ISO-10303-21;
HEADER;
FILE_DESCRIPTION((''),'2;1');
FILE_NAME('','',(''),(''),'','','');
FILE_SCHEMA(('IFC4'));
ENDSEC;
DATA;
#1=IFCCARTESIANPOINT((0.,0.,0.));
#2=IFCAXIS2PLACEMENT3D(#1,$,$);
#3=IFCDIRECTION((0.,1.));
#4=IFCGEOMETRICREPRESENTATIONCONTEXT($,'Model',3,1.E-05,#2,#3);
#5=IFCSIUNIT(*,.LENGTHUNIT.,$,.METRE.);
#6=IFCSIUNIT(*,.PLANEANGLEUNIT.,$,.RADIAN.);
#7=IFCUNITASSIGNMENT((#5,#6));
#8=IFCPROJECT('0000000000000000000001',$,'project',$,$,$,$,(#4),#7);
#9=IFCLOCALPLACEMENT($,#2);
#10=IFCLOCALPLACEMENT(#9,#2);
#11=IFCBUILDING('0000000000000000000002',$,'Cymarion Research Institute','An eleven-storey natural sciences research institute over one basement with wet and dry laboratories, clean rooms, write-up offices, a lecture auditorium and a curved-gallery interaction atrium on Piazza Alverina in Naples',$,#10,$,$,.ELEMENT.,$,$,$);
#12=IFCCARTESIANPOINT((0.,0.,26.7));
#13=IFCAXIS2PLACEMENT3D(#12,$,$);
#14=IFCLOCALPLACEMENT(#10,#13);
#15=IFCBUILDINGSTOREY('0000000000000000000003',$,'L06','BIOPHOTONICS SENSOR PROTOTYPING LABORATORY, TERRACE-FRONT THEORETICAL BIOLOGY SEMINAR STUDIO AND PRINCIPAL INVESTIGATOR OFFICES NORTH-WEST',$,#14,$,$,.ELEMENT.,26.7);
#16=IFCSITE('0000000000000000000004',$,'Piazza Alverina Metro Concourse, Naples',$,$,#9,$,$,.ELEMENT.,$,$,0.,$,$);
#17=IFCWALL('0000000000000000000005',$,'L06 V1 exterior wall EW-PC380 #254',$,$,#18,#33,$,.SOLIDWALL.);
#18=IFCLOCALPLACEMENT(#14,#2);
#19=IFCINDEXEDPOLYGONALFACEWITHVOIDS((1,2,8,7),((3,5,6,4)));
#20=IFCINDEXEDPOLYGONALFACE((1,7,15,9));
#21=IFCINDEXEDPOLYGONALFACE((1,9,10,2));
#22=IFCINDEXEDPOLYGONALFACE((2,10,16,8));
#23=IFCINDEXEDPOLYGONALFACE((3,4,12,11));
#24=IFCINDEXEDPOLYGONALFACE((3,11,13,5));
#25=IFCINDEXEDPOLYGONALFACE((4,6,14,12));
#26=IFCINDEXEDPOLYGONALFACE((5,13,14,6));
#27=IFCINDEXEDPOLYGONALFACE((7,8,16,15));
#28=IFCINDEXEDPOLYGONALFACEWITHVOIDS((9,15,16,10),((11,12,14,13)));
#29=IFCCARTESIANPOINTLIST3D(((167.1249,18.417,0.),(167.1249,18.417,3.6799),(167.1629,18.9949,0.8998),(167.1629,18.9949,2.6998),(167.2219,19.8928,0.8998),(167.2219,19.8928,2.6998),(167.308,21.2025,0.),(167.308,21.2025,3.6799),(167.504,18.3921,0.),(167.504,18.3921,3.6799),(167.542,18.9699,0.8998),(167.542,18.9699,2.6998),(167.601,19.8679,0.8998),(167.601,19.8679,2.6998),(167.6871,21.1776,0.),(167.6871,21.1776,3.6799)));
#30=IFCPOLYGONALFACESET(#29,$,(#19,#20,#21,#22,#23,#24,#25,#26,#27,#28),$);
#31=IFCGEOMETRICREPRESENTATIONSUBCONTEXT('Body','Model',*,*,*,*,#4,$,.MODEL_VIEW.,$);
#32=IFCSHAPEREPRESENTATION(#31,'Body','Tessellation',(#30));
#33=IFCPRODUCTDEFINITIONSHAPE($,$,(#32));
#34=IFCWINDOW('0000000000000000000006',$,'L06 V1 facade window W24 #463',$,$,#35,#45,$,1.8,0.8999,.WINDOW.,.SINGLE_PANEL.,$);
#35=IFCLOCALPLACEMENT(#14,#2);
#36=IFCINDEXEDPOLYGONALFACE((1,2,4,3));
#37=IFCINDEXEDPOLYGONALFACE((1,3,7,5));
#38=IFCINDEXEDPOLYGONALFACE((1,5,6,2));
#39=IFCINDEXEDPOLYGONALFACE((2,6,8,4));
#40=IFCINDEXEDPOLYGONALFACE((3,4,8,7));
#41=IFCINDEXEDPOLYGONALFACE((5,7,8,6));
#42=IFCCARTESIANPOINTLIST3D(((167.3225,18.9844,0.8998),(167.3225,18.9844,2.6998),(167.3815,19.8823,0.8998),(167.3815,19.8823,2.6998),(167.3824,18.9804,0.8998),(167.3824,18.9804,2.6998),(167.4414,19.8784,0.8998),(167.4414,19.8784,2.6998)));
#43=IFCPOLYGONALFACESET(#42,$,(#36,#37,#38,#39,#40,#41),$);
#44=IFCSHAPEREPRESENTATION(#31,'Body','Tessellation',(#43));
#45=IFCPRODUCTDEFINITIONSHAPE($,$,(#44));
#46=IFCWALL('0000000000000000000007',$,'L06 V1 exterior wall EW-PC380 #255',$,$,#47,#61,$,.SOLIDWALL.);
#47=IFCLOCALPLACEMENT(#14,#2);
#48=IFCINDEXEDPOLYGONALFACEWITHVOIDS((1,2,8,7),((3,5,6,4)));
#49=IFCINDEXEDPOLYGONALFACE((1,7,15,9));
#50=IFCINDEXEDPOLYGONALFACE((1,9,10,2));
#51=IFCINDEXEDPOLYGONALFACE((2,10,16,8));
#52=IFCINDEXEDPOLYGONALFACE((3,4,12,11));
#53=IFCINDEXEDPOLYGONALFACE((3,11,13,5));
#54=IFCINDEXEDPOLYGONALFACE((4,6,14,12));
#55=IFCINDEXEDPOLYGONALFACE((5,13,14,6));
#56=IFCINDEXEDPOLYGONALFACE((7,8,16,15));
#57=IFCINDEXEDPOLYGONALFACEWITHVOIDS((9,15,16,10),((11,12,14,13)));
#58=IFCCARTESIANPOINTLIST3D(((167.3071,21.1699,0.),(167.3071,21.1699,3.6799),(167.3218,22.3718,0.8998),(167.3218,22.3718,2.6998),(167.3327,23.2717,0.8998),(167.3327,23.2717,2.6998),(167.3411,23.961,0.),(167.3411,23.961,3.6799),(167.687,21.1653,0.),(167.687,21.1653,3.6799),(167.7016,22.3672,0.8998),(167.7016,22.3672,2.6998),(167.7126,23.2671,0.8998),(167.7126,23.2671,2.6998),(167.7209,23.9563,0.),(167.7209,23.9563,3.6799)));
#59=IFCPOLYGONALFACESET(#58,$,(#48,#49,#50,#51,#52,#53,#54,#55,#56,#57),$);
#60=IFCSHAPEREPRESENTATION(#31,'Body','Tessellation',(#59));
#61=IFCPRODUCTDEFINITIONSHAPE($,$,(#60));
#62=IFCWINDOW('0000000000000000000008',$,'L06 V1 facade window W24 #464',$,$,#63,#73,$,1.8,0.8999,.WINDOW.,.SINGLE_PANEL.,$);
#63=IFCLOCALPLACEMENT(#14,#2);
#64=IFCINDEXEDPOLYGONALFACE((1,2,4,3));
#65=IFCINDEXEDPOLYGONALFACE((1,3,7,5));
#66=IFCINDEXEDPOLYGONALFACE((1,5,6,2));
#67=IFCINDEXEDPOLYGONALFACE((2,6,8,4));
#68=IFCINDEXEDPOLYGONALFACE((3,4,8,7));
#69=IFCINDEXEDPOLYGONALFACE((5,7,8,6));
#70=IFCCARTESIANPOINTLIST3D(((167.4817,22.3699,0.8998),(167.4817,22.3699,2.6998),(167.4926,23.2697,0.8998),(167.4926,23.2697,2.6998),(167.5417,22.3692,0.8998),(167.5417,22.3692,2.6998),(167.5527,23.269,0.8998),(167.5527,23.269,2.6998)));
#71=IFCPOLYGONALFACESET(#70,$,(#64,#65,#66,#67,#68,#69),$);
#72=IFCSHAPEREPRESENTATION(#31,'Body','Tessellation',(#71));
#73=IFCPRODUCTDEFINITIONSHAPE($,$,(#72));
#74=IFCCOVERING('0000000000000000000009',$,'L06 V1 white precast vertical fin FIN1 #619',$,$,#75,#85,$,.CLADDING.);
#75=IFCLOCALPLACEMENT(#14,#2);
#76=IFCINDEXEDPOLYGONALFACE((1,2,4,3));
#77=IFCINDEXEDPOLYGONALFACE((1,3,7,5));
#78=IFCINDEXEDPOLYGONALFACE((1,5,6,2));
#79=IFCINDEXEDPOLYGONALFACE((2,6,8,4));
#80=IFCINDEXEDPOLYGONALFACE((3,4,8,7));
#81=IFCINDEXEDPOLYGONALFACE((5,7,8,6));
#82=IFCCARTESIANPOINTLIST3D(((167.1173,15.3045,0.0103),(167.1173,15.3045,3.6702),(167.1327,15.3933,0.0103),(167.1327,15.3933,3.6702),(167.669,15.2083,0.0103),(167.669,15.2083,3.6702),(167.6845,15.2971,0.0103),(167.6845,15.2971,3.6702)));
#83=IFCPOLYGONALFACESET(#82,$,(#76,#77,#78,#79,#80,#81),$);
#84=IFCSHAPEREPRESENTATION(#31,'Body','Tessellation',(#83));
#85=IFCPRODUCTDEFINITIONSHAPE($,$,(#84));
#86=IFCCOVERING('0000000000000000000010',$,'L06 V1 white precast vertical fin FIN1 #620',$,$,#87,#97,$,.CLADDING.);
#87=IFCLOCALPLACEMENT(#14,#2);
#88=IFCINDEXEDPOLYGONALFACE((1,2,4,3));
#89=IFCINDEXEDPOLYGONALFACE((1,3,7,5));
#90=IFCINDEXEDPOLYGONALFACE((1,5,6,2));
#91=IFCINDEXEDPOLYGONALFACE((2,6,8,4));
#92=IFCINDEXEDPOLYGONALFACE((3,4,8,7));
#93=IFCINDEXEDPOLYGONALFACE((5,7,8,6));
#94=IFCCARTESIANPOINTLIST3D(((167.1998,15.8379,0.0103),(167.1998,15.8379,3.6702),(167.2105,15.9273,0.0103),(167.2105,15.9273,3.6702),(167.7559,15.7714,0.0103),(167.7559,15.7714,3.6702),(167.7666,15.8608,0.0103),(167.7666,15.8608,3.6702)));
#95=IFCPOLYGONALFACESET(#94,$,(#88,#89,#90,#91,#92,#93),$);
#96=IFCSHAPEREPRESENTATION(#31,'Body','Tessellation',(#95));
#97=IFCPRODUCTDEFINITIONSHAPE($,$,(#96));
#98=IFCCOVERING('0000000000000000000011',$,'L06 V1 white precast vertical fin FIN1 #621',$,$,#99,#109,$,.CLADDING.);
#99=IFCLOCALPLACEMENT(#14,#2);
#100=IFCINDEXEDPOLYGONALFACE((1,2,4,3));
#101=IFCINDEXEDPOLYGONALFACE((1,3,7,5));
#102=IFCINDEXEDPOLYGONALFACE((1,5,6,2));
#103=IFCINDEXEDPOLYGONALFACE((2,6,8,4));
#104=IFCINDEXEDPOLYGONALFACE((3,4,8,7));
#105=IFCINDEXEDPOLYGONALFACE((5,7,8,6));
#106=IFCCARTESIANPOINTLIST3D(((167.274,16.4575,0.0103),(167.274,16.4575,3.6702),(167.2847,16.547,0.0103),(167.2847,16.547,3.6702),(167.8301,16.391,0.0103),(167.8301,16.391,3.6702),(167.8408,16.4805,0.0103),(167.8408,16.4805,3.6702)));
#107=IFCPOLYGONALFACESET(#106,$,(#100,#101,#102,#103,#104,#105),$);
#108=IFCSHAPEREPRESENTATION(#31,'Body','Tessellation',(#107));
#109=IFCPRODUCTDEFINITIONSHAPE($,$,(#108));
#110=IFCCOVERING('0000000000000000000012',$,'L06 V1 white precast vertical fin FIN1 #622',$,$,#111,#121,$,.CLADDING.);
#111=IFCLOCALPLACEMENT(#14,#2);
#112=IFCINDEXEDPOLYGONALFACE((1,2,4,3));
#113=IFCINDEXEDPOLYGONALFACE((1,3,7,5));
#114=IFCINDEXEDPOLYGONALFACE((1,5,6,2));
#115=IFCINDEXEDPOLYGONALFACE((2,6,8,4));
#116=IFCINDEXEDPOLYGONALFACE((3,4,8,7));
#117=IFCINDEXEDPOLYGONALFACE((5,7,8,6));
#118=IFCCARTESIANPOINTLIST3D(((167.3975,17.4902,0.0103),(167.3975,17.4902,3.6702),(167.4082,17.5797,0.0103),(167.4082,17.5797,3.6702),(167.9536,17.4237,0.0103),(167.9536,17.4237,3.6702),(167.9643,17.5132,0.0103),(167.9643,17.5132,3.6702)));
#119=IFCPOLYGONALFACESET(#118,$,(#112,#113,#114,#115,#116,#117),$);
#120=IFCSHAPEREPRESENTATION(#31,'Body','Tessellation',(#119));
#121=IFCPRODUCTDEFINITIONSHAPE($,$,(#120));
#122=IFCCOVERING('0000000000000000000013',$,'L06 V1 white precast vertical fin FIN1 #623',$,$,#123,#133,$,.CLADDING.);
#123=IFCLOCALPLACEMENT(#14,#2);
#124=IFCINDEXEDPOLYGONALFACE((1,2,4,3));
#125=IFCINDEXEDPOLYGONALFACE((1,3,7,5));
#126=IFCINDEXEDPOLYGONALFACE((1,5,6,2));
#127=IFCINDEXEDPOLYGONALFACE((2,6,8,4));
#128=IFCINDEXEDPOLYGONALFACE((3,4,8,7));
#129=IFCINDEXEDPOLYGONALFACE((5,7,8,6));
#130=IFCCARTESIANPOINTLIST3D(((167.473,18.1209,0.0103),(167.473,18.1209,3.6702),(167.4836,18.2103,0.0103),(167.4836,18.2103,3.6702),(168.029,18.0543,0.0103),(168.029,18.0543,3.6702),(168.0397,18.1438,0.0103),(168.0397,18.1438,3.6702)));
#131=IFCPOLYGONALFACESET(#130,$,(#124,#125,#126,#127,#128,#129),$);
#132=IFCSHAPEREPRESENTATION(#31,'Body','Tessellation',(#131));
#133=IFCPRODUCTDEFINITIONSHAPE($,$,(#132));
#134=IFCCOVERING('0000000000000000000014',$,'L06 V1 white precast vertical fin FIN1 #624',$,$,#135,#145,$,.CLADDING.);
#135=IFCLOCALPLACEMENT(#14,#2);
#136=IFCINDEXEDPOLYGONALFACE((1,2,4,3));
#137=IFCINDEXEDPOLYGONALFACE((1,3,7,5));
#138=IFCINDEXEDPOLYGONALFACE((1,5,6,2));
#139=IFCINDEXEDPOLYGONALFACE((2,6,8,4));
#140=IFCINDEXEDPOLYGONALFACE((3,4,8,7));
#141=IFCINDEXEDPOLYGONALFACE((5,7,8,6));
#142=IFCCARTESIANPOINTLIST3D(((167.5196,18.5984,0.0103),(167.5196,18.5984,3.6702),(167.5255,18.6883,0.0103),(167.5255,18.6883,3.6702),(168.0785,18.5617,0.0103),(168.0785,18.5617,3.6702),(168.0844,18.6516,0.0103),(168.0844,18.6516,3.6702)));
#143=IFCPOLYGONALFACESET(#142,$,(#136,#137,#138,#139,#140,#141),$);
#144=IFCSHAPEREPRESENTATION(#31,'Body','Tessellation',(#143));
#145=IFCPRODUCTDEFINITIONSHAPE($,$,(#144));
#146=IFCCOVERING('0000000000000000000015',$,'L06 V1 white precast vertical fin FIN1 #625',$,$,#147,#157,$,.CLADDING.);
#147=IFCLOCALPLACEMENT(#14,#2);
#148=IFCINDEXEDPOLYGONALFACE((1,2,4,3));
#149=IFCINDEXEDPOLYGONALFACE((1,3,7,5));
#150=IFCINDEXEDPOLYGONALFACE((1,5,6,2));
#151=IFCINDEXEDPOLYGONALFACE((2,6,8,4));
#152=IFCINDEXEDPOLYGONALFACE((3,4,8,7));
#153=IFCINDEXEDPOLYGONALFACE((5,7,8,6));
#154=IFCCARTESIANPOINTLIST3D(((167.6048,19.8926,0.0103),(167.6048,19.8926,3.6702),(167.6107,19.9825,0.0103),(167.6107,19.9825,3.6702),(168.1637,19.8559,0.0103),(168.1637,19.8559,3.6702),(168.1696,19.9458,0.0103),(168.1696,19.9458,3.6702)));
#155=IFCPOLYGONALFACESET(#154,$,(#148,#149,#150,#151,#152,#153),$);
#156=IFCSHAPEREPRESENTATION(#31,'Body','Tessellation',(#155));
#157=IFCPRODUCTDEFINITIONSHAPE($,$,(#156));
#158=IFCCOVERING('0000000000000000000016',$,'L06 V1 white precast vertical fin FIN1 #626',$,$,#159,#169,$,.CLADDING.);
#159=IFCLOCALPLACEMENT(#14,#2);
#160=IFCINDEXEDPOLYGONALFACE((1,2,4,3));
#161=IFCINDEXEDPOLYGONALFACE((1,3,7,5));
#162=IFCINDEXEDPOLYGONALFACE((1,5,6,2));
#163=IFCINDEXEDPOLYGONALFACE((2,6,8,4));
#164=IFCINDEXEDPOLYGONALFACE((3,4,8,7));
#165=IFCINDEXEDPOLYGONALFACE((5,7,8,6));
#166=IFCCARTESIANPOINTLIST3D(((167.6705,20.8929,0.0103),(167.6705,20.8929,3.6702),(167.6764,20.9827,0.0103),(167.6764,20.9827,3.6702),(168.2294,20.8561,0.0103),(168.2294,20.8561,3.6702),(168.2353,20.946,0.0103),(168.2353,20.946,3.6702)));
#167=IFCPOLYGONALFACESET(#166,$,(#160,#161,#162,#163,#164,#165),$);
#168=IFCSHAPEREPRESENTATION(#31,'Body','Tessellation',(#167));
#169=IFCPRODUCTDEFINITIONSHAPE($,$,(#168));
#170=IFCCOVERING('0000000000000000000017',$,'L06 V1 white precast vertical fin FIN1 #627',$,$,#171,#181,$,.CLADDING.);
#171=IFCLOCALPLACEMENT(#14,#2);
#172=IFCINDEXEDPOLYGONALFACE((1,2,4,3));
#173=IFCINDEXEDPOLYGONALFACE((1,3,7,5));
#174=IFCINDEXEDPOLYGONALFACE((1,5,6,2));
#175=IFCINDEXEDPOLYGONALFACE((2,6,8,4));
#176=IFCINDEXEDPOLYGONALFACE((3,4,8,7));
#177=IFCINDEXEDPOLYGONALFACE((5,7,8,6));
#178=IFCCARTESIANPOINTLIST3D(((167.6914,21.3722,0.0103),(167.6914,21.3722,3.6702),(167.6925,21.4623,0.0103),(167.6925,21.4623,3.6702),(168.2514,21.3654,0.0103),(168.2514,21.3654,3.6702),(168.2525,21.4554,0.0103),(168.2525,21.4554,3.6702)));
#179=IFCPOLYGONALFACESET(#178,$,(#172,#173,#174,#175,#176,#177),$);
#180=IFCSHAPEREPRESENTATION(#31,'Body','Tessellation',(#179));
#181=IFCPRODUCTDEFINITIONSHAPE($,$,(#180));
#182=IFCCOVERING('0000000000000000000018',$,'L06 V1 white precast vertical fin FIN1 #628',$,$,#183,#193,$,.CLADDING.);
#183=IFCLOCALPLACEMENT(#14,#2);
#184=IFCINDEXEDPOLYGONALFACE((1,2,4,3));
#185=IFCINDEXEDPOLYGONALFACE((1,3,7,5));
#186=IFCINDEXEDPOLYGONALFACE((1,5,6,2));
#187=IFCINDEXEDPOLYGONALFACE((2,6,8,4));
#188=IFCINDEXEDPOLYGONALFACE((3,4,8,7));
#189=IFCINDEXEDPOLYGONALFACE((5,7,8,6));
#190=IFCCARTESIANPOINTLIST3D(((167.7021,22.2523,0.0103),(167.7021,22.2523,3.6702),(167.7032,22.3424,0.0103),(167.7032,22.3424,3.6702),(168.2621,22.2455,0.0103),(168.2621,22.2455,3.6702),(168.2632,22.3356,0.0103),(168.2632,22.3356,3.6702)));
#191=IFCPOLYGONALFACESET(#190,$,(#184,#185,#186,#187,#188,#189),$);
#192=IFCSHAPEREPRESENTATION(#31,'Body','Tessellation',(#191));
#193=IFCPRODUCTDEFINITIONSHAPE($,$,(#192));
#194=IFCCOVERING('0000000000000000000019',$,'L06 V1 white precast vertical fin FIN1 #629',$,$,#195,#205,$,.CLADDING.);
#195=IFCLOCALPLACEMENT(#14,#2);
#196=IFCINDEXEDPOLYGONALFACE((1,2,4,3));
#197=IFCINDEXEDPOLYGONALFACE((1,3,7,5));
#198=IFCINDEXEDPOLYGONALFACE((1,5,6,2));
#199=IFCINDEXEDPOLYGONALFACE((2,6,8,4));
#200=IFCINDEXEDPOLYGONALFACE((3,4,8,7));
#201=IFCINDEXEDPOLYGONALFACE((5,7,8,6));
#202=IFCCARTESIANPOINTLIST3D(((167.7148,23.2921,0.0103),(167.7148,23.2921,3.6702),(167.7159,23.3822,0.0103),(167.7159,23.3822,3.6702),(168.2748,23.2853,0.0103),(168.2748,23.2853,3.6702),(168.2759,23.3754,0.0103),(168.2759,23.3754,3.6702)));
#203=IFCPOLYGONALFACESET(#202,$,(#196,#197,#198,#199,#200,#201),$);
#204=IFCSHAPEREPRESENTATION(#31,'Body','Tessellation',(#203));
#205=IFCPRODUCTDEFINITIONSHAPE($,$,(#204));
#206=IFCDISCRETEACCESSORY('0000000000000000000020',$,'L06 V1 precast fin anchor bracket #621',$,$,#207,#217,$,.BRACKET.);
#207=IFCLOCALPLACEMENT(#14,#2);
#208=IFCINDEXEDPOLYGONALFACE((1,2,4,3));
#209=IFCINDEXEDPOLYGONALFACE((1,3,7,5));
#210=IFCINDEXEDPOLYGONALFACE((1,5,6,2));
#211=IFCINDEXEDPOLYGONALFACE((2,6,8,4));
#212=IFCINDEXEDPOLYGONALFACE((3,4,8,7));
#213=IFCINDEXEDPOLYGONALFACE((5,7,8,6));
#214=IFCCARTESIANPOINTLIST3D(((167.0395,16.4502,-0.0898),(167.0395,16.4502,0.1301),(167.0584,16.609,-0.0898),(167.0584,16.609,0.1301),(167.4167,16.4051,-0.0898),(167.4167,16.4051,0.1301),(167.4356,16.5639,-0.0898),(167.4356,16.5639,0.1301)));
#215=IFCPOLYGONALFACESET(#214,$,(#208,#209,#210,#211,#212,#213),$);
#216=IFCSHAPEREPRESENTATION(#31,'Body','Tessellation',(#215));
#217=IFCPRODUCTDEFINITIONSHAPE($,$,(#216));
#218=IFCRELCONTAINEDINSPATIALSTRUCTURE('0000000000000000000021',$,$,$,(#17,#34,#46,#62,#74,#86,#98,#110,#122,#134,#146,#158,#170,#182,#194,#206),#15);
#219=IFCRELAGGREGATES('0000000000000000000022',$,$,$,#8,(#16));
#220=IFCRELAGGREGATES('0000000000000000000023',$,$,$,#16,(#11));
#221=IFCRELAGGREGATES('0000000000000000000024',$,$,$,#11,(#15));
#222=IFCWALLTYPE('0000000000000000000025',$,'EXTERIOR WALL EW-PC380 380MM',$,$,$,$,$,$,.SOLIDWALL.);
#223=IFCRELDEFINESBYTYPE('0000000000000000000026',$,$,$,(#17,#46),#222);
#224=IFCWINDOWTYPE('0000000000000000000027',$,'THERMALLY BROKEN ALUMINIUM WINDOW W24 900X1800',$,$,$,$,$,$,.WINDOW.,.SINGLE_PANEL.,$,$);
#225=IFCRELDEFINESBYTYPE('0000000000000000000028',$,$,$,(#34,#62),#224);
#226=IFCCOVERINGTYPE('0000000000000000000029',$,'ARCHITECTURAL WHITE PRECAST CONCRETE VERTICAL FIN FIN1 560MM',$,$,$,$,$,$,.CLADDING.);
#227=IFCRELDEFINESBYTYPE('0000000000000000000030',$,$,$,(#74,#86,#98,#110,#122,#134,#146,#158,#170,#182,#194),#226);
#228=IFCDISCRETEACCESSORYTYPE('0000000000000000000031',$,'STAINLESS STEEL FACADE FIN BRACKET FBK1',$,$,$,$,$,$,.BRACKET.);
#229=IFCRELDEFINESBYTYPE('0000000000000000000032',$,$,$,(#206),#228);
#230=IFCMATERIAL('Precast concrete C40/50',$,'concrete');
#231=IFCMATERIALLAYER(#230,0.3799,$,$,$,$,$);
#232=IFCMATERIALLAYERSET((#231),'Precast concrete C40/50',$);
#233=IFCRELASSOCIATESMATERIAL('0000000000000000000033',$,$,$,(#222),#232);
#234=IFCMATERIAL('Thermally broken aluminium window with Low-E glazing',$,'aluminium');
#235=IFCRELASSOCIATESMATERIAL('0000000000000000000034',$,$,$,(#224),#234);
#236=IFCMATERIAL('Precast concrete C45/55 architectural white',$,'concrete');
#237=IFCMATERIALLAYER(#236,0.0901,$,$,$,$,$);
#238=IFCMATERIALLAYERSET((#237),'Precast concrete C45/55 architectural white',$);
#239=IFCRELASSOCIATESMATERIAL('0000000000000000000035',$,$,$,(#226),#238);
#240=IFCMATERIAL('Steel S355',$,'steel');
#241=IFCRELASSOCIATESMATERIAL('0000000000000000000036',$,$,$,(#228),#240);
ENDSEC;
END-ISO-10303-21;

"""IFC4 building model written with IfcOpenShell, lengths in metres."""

from ifc_helpers import new_model, si_unit, direction, frame, frame_2d, origin, origin_2d, place, context, subcontext, project, spatial, rectangle, extrude, material, layer, layer_set, type_object, element, fill, save


model = new_model("IFC4")

# Units and contexts
model_context = context("Model", 3, precision=1e-05, world=origin(), true_north=direction((0.0, 1.0)))
body_context = subcontext(model_context, "Body", "Model", "MODEL_VIEW")
ifc_project = project(units=[si_unit("LENGTHUNIT", "METRE"), si_unit("PLANEANGLEUNIT", "RADIAN")], contexts=[model_context])

# Site, building, storey
site_placement = place(None, origin())
site = spatial("IfcSite", under=ifc_project, at=site_placement, Name="Piazza Alverina Metro Concourse, Naples", CompositionType="ELEMENT", RefElevation=0.0)
building_placement = place(site_placement, origin())
building = spatial("IfcBuilding", under=site, at=building_placement, Name="Cymarion Research Institute", Description="An eleven-storey natural sciences research institute over one basement with wet and dry laboratories, clean rooms, write-up offices, a lecture auditorium and a curved-gallery interaction atrium on Piazza Alverina in Naples", CompositionType="ELEMENT")
storey_placement = place(building_placement, frame((0.0, 0.0, 26.7)))
storey = spatial("IfcBuildingStorey", under=building, at=storey_placement, Name="L06", Description="BIOPHOTONICS SENSOR PROTOTYPING LABORATORY, TERRACE-FRONT THEORETICAL BIOLOGY SEMINAR STUDIO AND PRINCIPAL INVESTIGATOR OFFICES NORTH-WEST", CompositionType="ELEMENT", Elevation=26.7)

# Walls, openings, windows
ifc_material_1 = material(Name="Precast concrete C40/50", Category="concrete")
ifc_layer_1 = layer(ifc_material_1, 0.3799)
ifc_layer_set_1 = layer_set([ifc_layer_1], Name="Precast concrete C40/50")
wall_type = type_object("IfcWallType", Name="EXTERIOR WALL EW-PC380 380MM", PredefinedType="SOLIDWALL", material=ifc_layer_set_1)
wall_1_placement = place(storey_placement, frame((167.3145, 18.4045, 0.0), z_axis=(0.0, 0.0, 1.0), x_axis=(0.065596, 0.997846, 0.0)))
wall_1 = element("IfcWall", 1, at=wall_1_placement, inside=storey, type_object=wall_type, Name="L06 V1 exterior wall EW-PC380 #254", PredefinedType="SOLIDWALL", context=body_context, shape_type="SweptSolid", body=[
    extrude(rectangle(XDim=2.7915, YDim=0.3799, at=frame_2d((1.3958, 0.0))), origin(), (0.0, 0.0, 1.0), 3.6799),
])
opening_1_placement = place(wall_1_placement, frame((0.5791, 0.0, 0.8999)))
opening_1 = element("IfcOpeningElement", 2, at=opening_1_placement, cuts=wall_1, PredefinedType="OPENING", context=body_context, shape_type="SweptSolid", body=[
    extrude(rectangle(XDim=0.8999, YDim=1.8, at=frame_2d((0.45, 0.8999))), frame((0.0, 0.2, 0.0), z_axis=(0.0, -1.0, 0.0), x_axis=(1.0, 0.0, 0.0)), (0.0, 0.0, 1.0), 0.3999),
])
ifc_material_2 = material(Name="Thermally broken aluminium window with Low-E glazing", Category="aluminium")
window_type = type_object("IfcWindowType", Name="THERMALLY BROKEN ALUMINIUM WINDOW W24 900X1800", PartitioningType="SINGLE_PANEL", PredefinedType="WINDOW", material=ifc_material_2)
window_1_placement = place(opening_1_placement, origin())
window_1 = element("IfcWindow", 3, at=window_1_placement, inside=storey, type_object=window_type, Name="L06 V1 facade window W24 #463", OverallHeight=1.8, OverallWidth=0.8999, PartitioningType="SINGLE_PANEL", PredefinedType="WINDOW", context=body_context, shape_type="SweptSolid", body=[
    extrude(rectangle(XDim=0.8999, YDim=1.8, at=frame_2d((0.45, 0.8999))), frame((0.0, 0.03, 0.0), z_axis=(0.0, -1.0, 0.0), x_axis=(1.0, 0.0, 0.0)), (0.0, 0.0, 1.0), 0.0601),
])
fill(opening_1, window_1)
wall_2_placement = place(storey_placement, frame((167.4971, 21.1677, 0.0), z_axis=(0.0, 0.0, 1.0), x_axis=(0.012158, 0.999926, 0.0)))
wall_2 = element("IfcWall", 4, at=wall_2_placement, inside=storey, type_object=wall_type, Name="L06 V1 exterior wall EW-PC380 #255", PredefinedType="SOLIDWALL", context=body_context, shape_type="SweptSolid", body=[
    extrude(rectangle(XDim=2.7913, YDim=0.3799, at=frame_2d((1.3955, 0.0))), origin(), (0.0, 0.0, 1.0), 3.6799),
])
opening_2_placement = place(wall_2_placement, frame((1.2019, 0.0, 0.8999)))
opening_2 = element("IfcOpeningElement", 5, at=opening_2_placement, cuts=wall_2, PredefinedType="OPENING", context=body_context, shape_type="SweptSolid", body=[
    extrude(rectangle(XDim=0.8999, YDim=1.8, at=frame_2d((0.45, 0.8999))), frame((0.0, 0.2, 0.0), z_axis=(0.0, -1.0, 0.0), x_axis=(1.0, 0.0, 0.0)), (0.0, 0.0, 1.0), 0.3999),
])
window_2_placement = place(opening_2_placement, origin())
window_2 = element("IfcWindow", 6, at=window_2_placement, inside=storey, type_object=window_type, Name="L06 V1 facade window W24 #464", OverallHeight=1.8, OverallWidth=0.8999, PartitioningType="SINGLE_PANEL", PredefinedType="WINDOW", context=body_context, shape_type="SweptSolid", body=[
    extrude(rectangle(XDim=0.8999, YDim=1.8, at=frame_2d((0.45, 0.8999))), frame((0.0, 0.03, 0.0), z_axis=(0.0, -1.0, 0.0), x_axis=(1.0, 0.0, 0.0)), (0.0, 0.0, 1.0), 0.0601),
])
fill(opening_2, window_2)

# Coverings
ifc_material_3 = material(Name="Precast concrete C45/55 architectural white", Category="concrete")
ifc_layer_2 = layer(ifc_material_3, 0.0901)
ifc_layer_set_2 = layer_set([ifc_layer_2], Name="Precast concrete C45/55 architectural white")
covering_type = type_object("IfcCoveringType", Name="ARCHITECTURAL WHITE PRECAST CONCRETE VERTICAL FIN FIN1 560MM", PredefinedType="CLADDING", material=ifc_layer_set_2)
for number, where, z_axis, x_axis, name in (
    (7, (167.4009, 15.3008, 0.0103), (0.0, 0.0, 1.0), (0.985139, -0.171757, 0.0), "L06 V1 white precast vertical fin FIN1 #619"),
    (8, (167.4832, 15.8494, 0.0103), (0.0, 0.0, 1.0), (0.992924, -0.118751, 0.0), "L06 V1 white precast vertical fin FIN1 #620"),
    (9, (167.5574, 16.469, 0.0103), (0.0, 0.0, 1.0), (0.992924, -0.118751, 0.0), "L06 V1 white precast vertical fin FIN1 #621"),
    (10, (167.6809, 17.5017, 0.0103), (0.0, 0.0, 1.0), (0.992924, -0.118751, 0.0), "L06 V1 white precast vertical fin FIN1 #622"),
    (11, (167.7563, 18.1323, 0.0103), (0.0, 0.0, 1.0), (0.992924, -0.118751, 0.0), "L06 V1 white precast vertical fin FIN1 #623"),
    (12, (167.802, 18.625, 0.0103), (0.0, 0.0, 1.0), (0.997847, -0.065577, 0.0), "L06 V1 white precast vertical fin FIN1 #624"),
    (13, (167.8872, 19.9192, 0.0103), (0.0, 0.0, 1.0), (0.997847, -0.065577, 0.0), "L06 V1 white precast vertical fin FIN1 #625"),
    (14, (167.9529, 20.9194, 0.0103), (0.0, 0.0, 1.0), (0.997847, -0.065577, 0.0), "L06 V1 white precast vertical fin FIN1 #626"),
    (15, (167.9719, 21.4138, 0.0103), (0.0, 0.0, 1.0), (0.999925, -0.012217, 0.0), "L06 V1 white precast vertical fin FIN1 #627"),
    (16, (167.9827, 22.2939, 0.0103), (0.0, 0.0, 1.0), (0.999925, -0.012217, 0.0), "L06 V1 white precast vertical fin FIN1 #628"),
    (17, (167.9954, 23.3337, 0.0103), (0.0, 0.0, 1.0), (0.999925, -0.012217, 0.0), "L06 V1 white precast vertical fin FIN1 #629"),
):
    element("IfcCovering", number, at=place(storey_placement, frame(where, z_axis=z_axis, x_axis=x_axis)), inside=storey, type_object=covering_type, Name=name, PredefinedType="CLADDING", context=body_context, shape_type="SweptSolid", body=[
        extrude(rectangle(XDim=0.5601, YDim=0.0901, at=origin_2d()), origin(), (0.0, 0.0, 1.0), 3.6599),
    ])

# Discrete accessory
ifc_material_4 = material(Name="Steel S355", Category="steel")
discrete_accessory_type = type_object("IfcDiscreteAccessoryType", Name="STAINLESS STEEL FACADE FIN BRACKET FBK1", PredefinedType="BRACKET", material=ifc_material_4)
for number, where, z_axis, x_axis, name in (
    (18, (167.2375, 16.5071, -0.0898), (0.0, 0.0, 1.0), (0.992924, -0.118751, 0.0), "L06 V1 precast fin anchor bracket #621"),
):
    element("IfcDiscreteAccessory", number, at=place(storey_placement, frame(where, z_axis=z_axis, x_axis=x_axis)), inside=storey, type_object=discrete_accessory_type, Name=name, PredefinedType="BRACKET", context=body_context, shape_type="SweptSolid", body=[
        extrude(rectangle(XDim=0.3799, YDim=0.1599, at=origin_2d()), origin(), (0.0, 0.0, 1.0), 0.22),
    ])

save(model, "model.ifc")
